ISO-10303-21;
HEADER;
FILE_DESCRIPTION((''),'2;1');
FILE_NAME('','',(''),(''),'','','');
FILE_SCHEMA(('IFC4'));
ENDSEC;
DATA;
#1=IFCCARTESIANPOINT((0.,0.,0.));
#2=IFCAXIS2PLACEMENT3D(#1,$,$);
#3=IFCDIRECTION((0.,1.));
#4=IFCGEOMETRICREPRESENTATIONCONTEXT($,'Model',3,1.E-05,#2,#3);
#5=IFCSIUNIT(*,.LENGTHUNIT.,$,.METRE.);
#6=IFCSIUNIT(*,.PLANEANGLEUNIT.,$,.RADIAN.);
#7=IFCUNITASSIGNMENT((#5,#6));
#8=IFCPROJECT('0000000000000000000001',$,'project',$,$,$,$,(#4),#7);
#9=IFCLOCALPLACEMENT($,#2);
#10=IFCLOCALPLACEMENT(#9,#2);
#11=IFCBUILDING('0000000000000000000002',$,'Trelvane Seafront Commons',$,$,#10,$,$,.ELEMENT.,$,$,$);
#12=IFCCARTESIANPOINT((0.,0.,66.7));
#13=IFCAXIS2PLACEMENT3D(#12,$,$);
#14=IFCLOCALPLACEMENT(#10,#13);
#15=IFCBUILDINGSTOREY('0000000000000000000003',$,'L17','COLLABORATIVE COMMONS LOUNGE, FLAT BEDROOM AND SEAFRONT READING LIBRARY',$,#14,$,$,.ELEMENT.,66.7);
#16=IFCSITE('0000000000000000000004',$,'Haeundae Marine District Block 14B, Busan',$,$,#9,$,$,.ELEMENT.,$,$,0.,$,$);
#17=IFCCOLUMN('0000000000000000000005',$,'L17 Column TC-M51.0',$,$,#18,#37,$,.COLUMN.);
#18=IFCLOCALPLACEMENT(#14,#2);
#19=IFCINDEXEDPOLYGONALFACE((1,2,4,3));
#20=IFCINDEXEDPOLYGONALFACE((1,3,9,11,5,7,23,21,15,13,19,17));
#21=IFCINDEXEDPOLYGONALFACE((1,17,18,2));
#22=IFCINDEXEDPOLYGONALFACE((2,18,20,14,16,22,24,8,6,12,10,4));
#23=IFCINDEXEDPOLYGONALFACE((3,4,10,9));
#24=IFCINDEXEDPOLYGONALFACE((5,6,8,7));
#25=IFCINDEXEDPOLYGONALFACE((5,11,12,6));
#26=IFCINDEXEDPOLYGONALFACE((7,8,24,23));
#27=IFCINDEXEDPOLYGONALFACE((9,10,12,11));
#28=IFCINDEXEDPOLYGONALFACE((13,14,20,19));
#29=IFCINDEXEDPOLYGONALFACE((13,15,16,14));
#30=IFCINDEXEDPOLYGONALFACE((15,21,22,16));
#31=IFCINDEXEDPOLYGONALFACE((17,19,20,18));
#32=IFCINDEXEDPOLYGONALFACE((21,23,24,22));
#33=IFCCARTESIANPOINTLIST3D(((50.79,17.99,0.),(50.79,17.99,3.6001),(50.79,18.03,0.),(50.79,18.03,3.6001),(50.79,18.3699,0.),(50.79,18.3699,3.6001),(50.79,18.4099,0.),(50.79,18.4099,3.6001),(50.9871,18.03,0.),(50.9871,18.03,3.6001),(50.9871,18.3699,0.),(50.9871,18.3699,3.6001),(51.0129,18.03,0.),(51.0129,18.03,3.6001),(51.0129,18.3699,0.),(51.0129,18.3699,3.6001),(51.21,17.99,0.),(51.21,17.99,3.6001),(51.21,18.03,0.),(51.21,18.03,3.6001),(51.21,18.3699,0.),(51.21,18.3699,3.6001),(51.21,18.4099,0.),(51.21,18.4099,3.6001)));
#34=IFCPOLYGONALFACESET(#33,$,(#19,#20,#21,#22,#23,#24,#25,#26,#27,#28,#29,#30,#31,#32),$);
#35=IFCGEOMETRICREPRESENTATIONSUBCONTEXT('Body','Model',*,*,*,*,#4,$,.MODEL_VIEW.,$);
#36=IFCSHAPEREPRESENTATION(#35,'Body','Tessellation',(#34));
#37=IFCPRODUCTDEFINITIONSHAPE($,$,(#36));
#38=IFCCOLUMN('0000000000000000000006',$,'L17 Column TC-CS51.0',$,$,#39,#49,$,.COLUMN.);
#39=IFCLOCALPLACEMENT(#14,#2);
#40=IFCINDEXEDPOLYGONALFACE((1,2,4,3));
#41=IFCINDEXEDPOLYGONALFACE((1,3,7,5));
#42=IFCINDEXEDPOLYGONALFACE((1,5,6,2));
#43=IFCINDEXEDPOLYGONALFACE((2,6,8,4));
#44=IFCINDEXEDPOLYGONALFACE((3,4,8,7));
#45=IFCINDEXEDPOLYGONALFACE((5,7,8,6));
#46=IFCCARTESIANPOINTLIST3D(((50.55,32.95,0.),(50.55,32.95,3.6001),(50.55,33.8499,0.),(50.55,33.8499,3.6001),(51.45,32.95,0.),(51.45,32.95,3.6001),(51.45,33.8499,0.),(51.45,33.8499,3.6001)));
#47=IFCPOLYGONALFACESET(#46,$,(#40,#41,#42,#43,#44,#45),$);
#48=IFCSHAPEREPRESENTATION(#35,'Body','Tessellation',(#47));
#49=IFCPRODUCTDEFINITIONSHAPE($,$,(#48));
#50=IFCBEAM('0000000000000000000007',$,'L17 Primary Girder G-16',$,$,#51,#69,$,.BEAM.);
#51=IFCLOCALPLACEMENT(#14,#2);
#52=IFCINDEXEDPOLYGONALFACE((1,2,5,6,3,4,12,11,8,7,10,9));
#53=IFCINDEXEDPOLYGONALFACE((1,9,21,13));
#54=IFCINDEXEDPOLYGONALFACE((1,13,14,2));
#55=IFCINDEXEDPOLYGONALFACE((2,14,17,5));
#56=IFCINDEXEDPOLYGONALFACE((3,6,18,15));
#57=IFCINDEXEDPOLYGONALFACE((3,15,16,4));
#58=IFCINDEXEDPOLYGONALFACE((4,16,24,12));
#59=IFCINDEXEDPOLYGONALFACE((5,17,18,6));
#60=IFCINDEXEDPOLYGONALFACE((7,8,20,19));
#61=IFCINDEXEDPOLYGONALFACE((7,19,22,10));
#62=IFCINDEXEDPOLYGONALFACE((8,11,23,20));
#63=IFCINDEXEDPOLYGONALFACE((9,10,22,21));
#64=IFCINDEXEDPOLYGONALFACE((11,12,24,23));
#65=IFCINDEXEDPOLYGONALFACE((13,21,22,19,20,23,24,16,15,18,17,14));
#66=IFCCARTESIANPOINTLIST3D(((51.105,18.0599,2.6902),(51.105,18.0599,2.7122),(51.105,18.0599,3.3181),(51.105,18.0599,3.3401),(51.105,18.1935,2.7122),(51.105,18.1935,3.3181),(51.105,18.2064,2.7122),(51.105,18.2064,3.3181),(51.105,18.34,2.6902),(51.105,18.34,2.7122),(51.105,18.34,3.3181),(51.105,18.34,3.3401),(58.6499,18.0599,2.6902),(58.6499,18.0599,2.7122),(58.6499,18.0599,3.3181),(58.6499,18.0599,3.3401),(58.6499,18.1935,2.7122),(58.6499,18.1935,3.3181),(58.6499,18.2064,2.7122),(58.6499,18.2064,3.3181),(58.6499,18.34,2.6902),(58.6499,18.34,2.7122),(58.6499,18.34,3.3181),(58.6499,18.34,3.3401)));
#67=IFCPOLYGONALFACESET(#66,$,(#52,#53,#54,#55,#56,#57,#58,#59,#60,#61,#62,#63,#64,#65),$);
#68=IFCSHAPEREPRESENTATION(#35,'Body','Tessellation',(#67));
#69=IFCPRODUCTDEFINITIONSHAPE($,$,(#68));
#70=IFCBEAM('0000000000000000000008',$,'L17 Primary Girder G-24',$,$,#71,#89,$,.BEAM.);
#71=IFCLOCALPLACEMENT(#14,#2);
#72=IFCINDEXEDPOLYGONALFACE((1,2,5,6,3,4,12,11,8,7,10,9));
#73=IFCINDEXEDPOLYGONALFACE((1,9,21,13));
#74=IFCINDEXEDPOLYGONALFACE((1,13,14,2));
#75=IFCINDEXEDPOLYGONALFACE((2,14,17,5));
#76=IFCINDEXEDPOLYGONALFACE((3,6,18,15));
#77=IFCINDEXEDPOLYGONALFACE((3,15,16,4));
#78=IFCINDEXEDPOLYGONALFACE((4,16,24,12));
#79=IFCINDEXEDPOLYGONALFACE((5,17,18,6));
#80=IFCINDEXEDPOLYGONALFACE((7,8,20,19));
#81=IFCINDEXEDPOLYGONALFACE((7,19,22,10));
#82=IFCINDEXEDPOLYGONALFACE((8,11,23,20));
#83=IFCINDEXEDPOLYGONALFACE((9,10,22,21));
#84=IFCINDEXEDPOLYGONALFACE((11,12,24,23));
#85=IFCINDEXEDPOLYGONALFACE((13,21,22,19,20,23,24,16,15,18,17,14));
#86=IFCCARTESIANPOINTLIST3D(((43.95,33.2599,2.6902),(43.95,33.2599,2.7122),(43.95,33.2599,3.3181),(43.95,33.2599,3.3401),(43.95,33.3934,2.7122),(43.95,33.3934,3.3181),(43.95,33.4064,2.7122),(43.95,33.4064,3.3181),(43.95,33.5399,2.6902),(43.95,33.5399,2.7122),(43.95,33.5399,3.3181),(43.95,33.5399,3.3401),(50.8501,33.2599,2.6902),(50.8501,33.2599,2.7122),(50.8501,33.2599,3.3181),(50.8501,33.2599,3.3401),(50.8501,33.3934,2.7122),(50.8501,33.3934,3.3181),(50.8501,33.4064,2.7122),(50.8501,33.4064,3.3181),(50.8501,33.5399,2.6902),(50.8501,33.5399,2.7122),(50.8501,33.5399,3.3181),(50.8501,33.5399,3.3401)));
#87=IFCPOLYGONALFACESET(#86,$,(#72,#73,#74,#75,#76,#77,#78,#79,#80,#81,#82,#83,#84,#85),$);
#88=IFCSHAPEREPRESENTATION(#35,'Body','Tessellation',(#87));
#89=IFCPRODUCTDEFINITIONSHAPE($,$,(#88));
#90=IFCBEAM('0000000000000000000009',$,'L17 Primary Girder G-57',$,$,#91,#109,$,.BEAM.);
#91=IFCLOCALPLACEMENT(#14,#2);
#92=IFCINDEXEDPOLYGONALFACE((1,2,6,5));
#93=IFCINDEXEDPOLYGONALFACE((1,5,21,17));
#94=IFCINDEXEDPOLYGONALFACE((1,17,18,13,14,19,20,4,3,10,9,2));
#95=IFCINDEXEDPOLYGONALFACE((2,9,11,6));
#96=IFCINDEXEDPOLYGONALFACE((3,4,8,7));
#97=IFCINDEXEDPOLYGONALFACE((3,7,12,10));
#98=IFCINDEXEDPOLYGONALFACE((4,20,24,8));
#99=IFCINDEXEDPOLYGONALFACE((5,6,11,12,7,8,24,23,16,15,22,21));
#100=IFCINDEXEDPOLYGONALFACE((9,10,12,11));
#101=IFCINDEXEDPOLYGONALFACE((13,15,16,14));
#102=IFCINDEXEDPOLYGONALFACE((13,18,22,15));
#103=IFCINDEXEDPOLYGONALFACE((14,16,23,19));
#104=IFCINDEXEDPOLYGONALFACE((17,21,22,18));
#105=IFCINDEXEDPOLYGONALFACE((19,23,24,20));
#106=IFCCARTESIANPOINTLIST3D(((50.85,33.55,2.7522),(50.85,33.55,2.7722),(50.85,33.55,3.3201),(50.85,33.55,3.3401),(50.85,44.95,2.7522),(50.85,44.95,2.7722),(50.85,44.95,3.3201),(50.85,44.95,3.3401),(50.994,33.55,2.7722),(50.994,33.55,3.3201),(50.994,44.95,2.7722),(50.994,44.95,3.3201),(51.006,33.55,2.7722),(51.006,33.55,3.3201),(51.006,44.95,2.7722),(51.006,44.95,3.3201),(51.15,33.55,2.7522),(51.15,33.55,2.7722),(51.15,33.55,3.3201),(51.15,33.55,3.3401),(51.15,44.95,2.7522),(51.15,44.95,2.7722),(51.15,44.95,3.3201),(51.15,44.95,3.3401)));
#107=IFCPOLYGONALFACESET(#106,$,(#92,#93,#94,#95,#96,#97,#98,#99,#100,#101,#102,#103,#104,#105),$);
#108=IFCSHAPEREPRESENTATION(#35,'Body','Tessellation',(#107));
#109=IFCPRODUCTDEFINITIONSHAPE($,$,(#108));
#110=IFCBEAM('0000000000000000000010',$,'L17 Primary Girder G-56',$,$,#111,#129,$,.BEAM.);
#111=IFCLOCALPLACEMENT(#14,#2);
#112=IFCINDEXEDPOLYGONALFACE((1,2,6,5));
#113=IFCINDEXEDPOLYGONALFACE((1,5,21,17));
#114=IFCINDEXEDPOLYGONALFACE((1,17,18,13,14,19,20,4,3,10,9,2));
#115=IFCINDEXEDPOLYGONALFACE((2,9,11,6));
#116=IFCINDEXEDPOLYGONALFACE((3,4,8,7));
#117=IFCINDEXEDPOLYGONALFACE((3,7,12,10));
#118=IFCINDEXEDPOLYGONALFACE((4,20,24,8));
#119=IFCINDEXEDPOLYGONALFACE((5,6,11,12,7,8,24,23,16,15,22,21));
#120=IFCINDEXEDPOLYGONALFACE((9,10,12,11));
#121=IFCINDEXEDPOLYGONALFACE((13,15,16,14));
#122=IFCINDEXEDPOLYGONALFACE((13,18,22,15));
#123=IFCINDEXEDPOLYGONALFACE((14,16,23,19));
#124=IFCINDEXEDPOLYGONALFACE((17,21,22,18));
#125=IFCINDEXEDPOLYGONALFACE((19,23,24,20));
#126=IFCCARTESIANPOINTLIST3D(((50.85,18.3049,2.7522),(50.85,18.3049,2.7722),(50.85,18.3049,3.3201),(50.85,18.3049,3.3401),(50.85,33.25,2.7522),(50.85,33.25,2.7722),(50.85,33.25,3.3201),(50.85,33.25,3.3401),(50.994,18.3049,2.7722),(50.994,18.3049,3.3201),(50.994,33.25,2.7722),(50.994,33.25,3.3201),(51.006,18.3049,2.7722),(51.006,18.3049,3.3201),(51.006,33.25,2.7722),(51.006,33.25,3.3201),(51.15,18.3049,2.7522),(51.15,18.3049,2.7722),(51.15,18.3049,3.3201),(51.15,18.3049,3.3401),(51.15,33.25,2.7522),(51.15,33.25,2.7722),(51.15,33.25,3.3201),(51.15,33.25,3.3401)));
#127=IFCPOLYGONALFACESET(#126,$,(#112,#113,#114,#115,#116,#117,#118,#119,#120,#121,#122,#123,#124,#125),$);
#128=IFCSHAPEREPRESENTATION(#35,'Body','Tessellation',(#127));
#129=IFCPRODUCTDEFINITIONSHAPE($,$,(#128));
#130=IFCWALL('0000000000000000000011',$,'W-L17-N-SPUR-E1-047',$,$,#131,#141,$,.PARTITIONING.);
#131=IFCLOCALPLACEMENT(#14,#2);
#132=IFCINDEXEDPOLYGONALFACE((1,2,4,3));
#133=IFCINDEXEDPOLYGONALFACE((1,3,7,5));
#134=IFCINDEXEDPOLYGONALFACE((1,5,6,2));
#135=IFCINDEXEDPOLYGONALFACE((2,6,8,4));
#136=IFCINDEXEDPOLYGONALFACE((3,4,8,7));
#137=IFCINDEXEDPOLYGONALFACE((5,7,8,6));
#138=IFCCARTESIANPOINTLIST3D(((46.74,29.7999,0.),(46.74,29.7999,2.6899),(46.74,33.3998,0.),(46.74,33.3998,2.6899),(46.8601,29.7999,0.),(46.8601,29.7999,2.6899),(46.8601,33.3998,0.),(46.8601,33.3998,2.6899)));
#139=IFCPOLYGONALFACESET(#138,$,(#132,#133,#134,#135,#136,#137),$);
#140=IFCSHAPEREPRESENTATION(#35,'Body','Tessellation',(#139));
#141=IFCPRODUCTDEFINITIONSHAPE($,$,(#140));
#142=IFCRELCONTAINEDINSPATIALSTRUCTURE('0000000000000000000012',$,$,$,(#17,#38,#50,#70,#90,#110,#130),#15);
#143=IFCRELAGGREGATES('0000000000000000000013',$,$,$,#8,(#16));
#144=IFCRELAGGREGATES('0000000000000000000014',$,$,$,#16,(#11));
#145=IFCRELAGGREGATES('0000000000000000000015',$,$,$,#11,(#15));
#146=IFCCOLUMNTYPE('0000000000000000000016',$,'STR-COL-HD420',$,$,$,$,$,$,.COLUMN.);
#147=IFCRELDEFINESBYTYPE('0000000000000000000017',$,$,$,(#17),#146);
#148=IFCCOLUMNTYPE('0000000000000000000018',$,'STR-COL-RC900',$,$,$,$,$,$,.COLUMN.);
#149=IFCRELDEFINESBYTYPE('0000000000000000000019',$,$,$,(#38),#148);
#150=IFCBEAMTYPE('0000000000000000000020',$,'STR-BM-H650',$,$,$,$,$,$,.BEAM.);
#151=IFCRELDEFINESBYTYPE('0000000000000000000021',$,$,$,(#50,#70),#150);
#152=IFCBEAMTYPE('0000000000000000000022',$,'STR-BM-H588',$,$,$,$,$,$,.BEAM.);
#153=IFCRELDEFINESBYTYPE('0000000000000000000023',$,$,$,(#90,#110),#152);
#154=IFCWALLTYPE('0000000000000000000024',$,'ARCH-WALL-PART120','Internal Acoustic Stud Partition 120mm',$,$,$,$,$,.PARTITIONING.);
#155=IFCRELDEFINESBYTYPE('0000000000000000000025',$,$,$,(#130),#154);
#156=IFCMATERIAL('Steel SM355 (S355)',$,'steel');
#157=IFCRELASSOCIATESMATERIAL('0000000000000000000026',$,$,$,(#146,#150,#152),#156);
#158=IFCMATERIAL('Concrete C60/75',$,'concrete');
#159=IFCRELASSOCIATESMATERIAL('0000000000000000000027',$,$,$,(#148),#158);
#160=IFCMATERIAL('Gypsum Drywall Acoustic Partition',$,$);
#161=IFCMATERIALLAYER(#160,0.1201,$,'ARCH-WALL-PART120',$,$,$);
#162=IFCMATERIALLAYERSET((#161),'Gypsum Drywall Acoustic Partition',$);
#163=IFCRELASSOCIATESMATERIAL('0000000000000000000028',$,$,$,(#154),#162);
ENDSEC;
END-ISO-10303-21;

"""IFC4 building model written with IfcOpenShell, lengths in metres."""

from ifc_helpers import new_model, si_unit, direction, frame, frame_2d, origin, origin_2d, place, context, subcontext, project, spatial, rectangle, i_section, extrude, source, transform, mapped, material, layer, layer_set, material_profile, profile_set, type_object, element, save


model = new_model("IFC4")

# Units and contexts
model_context = context("Model", 3, precision=1e-05, world=origin(), true_north=direction((0.0, 1.0)))
body_context = subcontext(model_context, "Body", "Model", "MODEL_VIEW")
ifc_project = project(units=[si_unit("LENGTHUNIT", "METRE"), si_unit("PLANEANGLEUNIT", "RADIAN")], contexts=[model_context])

# Site, building, storey
site_placement = place(None, origin())
site = spatial("IfcSite", under=ifc_project, at=site_placement, Name="Haeundae Marine District Block 14B, Busan", CompositionType="ELEMENT", RefElevation=0.0)
building_placement = place(site_placement, origin())
building = spatial("IfcBuilding", under=site, at=building_placement, Name="Trelvane Seafront Commons", CompositionType="ELEMENT")
storey_placement = place(building_placement, frame((0.0, 0.0, 66.7)))
storey = spatial("IfcBuildingStorey", under=building, at=storey_placement, Name="L17", Description="COLLABORATIVE COMMONS LOUNGE, FLAT BEDROOM AND SEAFRONT READING LIBRARY", CompositionType="ELEMENT", Elevation=66.7)

# Columns
ifc_material_1 = material(Name="Steel SM355 (S355)", Category="steel")
ifc_material_profile_1 = material_profile(ifc_material_1, i_section(OverallWidth=0.4199, OverallDepth=0.4199, WebThickness=0.0259, FlangeThickness=0.04, at=origin_2d()), Name="HD-420x420x26x40")
ifc_profile_set_1 = profile_set([ifc_material_profile_1], Name="Steel SM355 (S355)")
column_type_1 = type_object("IfcColumnType", Name="STR-COL-HD420", PredefinedType="COLUMN", material=ifc_profile_set_1)
shared_shape_1 = source(origin(), body_context, "Body", "SweptSolid", [
    extrude(i_section(OverallWidth=0.4199, OverallDepth=0.4199, WebThickness=0.0259, FlangeThickness=0.04, at=origin_2d()), origin(), (0.0, 0.0, 1.0), 3.6001),
])
column_1_placement = place(storey_placement, frame((51.0, 18.2, 0.0), z_axis=(0.0, 0.0, 1.0), x_axis=(1.0, 0.0, 0.0)))
element("IfcColumn", 1, at=column_1_placement, inside=storey, type_object=column_type_1, Name="L17 Column TC-M51.0", PredefinedType="COLUMN", context=body_context, shape_type="MappedRepresentation", body=[
    mapped(shared_shape_1, transform((0.0, 0.0, 0.0), x_axis=(1.0, 0.0, 0.0), y_axis=(0.0, 1.0, 0.0), z_axis=(0.0, 0.0, 1.0), scale=1.0)),
])
ifc_material_2 = material(Name="Concrete C60/75", Category="concrete")
ifc_material_profile_2 = material_profile(ifc_material_2, rectangle(XDim=0.8999, YDim=0.8999, at=origin_2d()), Name="RC-900x900")
ifc_profile_set_2 = profile_set([ifc_material_profile_2], Name="Concrete C60/75")
column_type_2 = type_object("IfcColumnType", Name="STR-COL-RC900", PredefinedType="COLUMN", material=ifc_profile_set_2)
shared_shape_2 = source(origin(), body_context, "Body", "SweptSolid", [
    extrude(rectangle(XDim=0.8999, YDim=0.8999, at=origin_2d()), origin(), (0.0, 0.0, 1.0), 3.6001),
])
column_2_placement = place(storey_placement, frame((51.0, 33.3999, 0.0), z_axis=(0.0, 0.0, 1.0), x_axis=(1.0, 0.0, 0.0)))
element("IfcColumn", 2, at=column_2_placement, inside=storey, type_object=column_type_2, Name="L17 Column TC-CS51.0", PredefinedType="COLUMN", context=body_context, shape_type="MappedRepresentation", body=[
    mapped(shared_shape_2, transform((0.0, 0.0, 0.0), x_axis=(1.0, 0.0, 0.0), y_axis=(0.0, 1.0, 0.0), z_axis=(0.0, 0.0, 1.0), scale=1.0)),
])

# Beams
ifc_material_profile_3 = material_profile(ifc_material_1, i_section(OverallWidth=0.28, OverallDepth=0.6499, WebThickness=0.0129, FlangeThickness=0.022, at=origin_2d()), Name="H-650x280x13x22")
ifc_profile_set_3 = profile_set([ifc_material_profile_3], Name="Steel SM355 (S355)")
beam_type_1 = type_object("IfcBeamType", Name="STR-BM-H650", PredefinedType="BEAM", material=ifc_profile_set_3)
shared_shape_3 = source(origin(), body_context, "Body", "SweptSolid", [
    extrude(i_section(OverallWidth=0.28, OverallDepth=0.6499, WebThickness=0.0129, FlangeThickness=0.022, at=origin_2d()), origin(), (0.0, 0.0, 1.0), 7.5449),
])
beam_1_placement = place(storey_placement, frame((51.105, 18.2, 3.0151), z_axis=(1.0, 0.0, 0.0), x_axis=(0.0, 1.0, 0.0)))
element("IfcBeam", 3, at=beam_1_placement, inside=storey, type_object=beam_type_1, Name="L17 Primary Girder G-16", PredefinedType="BEAM", context=body_context, shape_type="MappedRepresentation", body=[
    mapped(shared_shape_3, transform((0.0, 0.0, 0.0), x_axis=(1.0, 0.0, 0.0), y_axis=(0.0, 1.0, 0.0), z_axis=(0.0, 0.0, 1.0), scale=1.0)),
])
shared_shape_4 = source(origin(), body_context, "Body", "SweptSolid", [
    extrude(i_section(OverallWidth=0.28, OverallDepth=0.6499, WebThickness=0.0129, FlangeThickness=0.022, at=origin_2d()), origin(), (0.0, 0.0, 1.0), 6.9001),
])
beam_2_placement = place(storey_placement, frame((43.95, 33.3999, 3.0151), z_axis=(1.0, 0.0, 0.0), x_axis=(0.0, 1.0, 0.0)))
element("IfcBeam", 4, at=beam_2_placement, inside=storey, type_object=beam_type_1, Name="L17 Primary Girder G-24", PredefinedType="BEAM", context=body_context, shape_type="MappedRepresentation", body=[
    mapped(shared_shape_4, transform((0.0, 0.0, 0.0), x_axis=(1.0, 0.0, 0.0), y_axis=(0.0, 1.0, 0.0), z_axis=(0.0, 0.0, 1.0), scale=1.0)),
])
ifc_material_profile_4 = material_profile(ifc_material_1, i_section(OverallWidth=0.3, OverallDepth=0.5879, WebThickness=0.012, FlangeThickness=0.02, at=origin_2d()), Name="H-588x300x12x20")
ifc_profile_set_4 = profile_set([ifc_material_profile_4], Name="Steel SM355 (S355)")
beam_type_2 = type_object("IfcBeamType", Name="STR-BM-H588", PredefinedType="BEAM", material=ifc_profile_set_4)
shared_shape_5 = source(origin(), body_context, "Body", "SweptSolid", [
    extrude(i_section(OverallWidth=0.3, OverallDepth=0.5879, WebThickness=0.012, FlangeThickness=0.02, at=origin_2d()), origin(), (0.0, 0.0, 1.0), 11.3999),
])
beam_3_placement = place(storey_placement, frame((51.0, 33.55, 3.0461), z_axis=(0.0, 1.0, 0.0), x_axis=(-1.0, 0.0, 0.0)))
element("IfcBeam", 5, at=beam_3_placement, inside=storey, type_object=beam_type_2, Name="L17 Primary Girder G-57", PredefinedType="BEAM", context=body_context, shape_type="MappedRepresentation", body=[
    mapped(shared_shape_5, transform((0.0, 0.0, 0.0), x_axis=(1.0, 0.0, 0.0), y_axis=(0.0, 1.0, 0.0), z_axis=(0.0, 0.0, 1.0), scale=1.0)),
])
shared_shape_6 = source(origin(), body_context, "Body", "SweptSolid", [
    extrude(i_section(OverallWidth=0.3, OverallDepth=0.5879, WebThickness=0.012, FlangeThickness=0.02, at=origin_2d()), origin(), (0.0, 0.0, 1.0), 14.9451),
])
beam_4_placement = place(storey_placement, frame((51.0, 18.3049, 3.0461), z_axis=(0.0, 1.0, 0.0), x_axis=(-1.0, 0.0, 0.0)))
element("IfcBeam", 6, at=beam_4_placement, inside=storey, type_object=beam_type_2, Name="L17 Primary Girder G-56", PredefinedType="BEAM", context=body_context, shape_type="MappedRepresentation", body=[
    mapped(shared_shape_6, transform((0.0, 0.0, 0.0), x_axis=(1.0, 0.0, 0.0), y_axis=(0.0, 1.0, 0.0), z_axis=(0.0, 0.0, 1.0), scale=1.0)),
])

# Shared definitions
ifc_material_3 = material(Name="Gypsum Drywall Acoustic Partition")
ifc_layer_1 = layer(ifc_material_3, 0.1201, Name="ARCH-WALL-PART120")
ifc_layer_set_1 = layer_set([ifc_layer_1], Name="Gypsum Drywall Acoustic Partition")
wall_type_1 = type_object("IfcWallType", Name="ARCH-WALL-PART120", Description="Internal Acoustic Stud Partition 120mm", PredefinedType="PARTITIONING", material=ifc_layer_set_1)

# Wall
wall_1_placement = place(storey_placement, frame((46.8, 29.8, 0.0), z_axis=(0.0, 0.0, 1.0), x_axis=(0.0, 1.0, 0.0)))
element("IfcWall", 7, at=wall_1_placement, inside=storey, type_object=wall_type_1, Name="W-L17-N-SPUR-E1-047", PredefinedType="PARTITIONING", context=body_context, shape_type="SweptSolid", body=[
    extrude(rectangle(XDim=3.5999, YDim=0.1201, at=frame_2d((1.7998, 0.0))), origin(), (0.0, 0.0, 1.0), 2.6899),
])

save(model, "model.ifc")
